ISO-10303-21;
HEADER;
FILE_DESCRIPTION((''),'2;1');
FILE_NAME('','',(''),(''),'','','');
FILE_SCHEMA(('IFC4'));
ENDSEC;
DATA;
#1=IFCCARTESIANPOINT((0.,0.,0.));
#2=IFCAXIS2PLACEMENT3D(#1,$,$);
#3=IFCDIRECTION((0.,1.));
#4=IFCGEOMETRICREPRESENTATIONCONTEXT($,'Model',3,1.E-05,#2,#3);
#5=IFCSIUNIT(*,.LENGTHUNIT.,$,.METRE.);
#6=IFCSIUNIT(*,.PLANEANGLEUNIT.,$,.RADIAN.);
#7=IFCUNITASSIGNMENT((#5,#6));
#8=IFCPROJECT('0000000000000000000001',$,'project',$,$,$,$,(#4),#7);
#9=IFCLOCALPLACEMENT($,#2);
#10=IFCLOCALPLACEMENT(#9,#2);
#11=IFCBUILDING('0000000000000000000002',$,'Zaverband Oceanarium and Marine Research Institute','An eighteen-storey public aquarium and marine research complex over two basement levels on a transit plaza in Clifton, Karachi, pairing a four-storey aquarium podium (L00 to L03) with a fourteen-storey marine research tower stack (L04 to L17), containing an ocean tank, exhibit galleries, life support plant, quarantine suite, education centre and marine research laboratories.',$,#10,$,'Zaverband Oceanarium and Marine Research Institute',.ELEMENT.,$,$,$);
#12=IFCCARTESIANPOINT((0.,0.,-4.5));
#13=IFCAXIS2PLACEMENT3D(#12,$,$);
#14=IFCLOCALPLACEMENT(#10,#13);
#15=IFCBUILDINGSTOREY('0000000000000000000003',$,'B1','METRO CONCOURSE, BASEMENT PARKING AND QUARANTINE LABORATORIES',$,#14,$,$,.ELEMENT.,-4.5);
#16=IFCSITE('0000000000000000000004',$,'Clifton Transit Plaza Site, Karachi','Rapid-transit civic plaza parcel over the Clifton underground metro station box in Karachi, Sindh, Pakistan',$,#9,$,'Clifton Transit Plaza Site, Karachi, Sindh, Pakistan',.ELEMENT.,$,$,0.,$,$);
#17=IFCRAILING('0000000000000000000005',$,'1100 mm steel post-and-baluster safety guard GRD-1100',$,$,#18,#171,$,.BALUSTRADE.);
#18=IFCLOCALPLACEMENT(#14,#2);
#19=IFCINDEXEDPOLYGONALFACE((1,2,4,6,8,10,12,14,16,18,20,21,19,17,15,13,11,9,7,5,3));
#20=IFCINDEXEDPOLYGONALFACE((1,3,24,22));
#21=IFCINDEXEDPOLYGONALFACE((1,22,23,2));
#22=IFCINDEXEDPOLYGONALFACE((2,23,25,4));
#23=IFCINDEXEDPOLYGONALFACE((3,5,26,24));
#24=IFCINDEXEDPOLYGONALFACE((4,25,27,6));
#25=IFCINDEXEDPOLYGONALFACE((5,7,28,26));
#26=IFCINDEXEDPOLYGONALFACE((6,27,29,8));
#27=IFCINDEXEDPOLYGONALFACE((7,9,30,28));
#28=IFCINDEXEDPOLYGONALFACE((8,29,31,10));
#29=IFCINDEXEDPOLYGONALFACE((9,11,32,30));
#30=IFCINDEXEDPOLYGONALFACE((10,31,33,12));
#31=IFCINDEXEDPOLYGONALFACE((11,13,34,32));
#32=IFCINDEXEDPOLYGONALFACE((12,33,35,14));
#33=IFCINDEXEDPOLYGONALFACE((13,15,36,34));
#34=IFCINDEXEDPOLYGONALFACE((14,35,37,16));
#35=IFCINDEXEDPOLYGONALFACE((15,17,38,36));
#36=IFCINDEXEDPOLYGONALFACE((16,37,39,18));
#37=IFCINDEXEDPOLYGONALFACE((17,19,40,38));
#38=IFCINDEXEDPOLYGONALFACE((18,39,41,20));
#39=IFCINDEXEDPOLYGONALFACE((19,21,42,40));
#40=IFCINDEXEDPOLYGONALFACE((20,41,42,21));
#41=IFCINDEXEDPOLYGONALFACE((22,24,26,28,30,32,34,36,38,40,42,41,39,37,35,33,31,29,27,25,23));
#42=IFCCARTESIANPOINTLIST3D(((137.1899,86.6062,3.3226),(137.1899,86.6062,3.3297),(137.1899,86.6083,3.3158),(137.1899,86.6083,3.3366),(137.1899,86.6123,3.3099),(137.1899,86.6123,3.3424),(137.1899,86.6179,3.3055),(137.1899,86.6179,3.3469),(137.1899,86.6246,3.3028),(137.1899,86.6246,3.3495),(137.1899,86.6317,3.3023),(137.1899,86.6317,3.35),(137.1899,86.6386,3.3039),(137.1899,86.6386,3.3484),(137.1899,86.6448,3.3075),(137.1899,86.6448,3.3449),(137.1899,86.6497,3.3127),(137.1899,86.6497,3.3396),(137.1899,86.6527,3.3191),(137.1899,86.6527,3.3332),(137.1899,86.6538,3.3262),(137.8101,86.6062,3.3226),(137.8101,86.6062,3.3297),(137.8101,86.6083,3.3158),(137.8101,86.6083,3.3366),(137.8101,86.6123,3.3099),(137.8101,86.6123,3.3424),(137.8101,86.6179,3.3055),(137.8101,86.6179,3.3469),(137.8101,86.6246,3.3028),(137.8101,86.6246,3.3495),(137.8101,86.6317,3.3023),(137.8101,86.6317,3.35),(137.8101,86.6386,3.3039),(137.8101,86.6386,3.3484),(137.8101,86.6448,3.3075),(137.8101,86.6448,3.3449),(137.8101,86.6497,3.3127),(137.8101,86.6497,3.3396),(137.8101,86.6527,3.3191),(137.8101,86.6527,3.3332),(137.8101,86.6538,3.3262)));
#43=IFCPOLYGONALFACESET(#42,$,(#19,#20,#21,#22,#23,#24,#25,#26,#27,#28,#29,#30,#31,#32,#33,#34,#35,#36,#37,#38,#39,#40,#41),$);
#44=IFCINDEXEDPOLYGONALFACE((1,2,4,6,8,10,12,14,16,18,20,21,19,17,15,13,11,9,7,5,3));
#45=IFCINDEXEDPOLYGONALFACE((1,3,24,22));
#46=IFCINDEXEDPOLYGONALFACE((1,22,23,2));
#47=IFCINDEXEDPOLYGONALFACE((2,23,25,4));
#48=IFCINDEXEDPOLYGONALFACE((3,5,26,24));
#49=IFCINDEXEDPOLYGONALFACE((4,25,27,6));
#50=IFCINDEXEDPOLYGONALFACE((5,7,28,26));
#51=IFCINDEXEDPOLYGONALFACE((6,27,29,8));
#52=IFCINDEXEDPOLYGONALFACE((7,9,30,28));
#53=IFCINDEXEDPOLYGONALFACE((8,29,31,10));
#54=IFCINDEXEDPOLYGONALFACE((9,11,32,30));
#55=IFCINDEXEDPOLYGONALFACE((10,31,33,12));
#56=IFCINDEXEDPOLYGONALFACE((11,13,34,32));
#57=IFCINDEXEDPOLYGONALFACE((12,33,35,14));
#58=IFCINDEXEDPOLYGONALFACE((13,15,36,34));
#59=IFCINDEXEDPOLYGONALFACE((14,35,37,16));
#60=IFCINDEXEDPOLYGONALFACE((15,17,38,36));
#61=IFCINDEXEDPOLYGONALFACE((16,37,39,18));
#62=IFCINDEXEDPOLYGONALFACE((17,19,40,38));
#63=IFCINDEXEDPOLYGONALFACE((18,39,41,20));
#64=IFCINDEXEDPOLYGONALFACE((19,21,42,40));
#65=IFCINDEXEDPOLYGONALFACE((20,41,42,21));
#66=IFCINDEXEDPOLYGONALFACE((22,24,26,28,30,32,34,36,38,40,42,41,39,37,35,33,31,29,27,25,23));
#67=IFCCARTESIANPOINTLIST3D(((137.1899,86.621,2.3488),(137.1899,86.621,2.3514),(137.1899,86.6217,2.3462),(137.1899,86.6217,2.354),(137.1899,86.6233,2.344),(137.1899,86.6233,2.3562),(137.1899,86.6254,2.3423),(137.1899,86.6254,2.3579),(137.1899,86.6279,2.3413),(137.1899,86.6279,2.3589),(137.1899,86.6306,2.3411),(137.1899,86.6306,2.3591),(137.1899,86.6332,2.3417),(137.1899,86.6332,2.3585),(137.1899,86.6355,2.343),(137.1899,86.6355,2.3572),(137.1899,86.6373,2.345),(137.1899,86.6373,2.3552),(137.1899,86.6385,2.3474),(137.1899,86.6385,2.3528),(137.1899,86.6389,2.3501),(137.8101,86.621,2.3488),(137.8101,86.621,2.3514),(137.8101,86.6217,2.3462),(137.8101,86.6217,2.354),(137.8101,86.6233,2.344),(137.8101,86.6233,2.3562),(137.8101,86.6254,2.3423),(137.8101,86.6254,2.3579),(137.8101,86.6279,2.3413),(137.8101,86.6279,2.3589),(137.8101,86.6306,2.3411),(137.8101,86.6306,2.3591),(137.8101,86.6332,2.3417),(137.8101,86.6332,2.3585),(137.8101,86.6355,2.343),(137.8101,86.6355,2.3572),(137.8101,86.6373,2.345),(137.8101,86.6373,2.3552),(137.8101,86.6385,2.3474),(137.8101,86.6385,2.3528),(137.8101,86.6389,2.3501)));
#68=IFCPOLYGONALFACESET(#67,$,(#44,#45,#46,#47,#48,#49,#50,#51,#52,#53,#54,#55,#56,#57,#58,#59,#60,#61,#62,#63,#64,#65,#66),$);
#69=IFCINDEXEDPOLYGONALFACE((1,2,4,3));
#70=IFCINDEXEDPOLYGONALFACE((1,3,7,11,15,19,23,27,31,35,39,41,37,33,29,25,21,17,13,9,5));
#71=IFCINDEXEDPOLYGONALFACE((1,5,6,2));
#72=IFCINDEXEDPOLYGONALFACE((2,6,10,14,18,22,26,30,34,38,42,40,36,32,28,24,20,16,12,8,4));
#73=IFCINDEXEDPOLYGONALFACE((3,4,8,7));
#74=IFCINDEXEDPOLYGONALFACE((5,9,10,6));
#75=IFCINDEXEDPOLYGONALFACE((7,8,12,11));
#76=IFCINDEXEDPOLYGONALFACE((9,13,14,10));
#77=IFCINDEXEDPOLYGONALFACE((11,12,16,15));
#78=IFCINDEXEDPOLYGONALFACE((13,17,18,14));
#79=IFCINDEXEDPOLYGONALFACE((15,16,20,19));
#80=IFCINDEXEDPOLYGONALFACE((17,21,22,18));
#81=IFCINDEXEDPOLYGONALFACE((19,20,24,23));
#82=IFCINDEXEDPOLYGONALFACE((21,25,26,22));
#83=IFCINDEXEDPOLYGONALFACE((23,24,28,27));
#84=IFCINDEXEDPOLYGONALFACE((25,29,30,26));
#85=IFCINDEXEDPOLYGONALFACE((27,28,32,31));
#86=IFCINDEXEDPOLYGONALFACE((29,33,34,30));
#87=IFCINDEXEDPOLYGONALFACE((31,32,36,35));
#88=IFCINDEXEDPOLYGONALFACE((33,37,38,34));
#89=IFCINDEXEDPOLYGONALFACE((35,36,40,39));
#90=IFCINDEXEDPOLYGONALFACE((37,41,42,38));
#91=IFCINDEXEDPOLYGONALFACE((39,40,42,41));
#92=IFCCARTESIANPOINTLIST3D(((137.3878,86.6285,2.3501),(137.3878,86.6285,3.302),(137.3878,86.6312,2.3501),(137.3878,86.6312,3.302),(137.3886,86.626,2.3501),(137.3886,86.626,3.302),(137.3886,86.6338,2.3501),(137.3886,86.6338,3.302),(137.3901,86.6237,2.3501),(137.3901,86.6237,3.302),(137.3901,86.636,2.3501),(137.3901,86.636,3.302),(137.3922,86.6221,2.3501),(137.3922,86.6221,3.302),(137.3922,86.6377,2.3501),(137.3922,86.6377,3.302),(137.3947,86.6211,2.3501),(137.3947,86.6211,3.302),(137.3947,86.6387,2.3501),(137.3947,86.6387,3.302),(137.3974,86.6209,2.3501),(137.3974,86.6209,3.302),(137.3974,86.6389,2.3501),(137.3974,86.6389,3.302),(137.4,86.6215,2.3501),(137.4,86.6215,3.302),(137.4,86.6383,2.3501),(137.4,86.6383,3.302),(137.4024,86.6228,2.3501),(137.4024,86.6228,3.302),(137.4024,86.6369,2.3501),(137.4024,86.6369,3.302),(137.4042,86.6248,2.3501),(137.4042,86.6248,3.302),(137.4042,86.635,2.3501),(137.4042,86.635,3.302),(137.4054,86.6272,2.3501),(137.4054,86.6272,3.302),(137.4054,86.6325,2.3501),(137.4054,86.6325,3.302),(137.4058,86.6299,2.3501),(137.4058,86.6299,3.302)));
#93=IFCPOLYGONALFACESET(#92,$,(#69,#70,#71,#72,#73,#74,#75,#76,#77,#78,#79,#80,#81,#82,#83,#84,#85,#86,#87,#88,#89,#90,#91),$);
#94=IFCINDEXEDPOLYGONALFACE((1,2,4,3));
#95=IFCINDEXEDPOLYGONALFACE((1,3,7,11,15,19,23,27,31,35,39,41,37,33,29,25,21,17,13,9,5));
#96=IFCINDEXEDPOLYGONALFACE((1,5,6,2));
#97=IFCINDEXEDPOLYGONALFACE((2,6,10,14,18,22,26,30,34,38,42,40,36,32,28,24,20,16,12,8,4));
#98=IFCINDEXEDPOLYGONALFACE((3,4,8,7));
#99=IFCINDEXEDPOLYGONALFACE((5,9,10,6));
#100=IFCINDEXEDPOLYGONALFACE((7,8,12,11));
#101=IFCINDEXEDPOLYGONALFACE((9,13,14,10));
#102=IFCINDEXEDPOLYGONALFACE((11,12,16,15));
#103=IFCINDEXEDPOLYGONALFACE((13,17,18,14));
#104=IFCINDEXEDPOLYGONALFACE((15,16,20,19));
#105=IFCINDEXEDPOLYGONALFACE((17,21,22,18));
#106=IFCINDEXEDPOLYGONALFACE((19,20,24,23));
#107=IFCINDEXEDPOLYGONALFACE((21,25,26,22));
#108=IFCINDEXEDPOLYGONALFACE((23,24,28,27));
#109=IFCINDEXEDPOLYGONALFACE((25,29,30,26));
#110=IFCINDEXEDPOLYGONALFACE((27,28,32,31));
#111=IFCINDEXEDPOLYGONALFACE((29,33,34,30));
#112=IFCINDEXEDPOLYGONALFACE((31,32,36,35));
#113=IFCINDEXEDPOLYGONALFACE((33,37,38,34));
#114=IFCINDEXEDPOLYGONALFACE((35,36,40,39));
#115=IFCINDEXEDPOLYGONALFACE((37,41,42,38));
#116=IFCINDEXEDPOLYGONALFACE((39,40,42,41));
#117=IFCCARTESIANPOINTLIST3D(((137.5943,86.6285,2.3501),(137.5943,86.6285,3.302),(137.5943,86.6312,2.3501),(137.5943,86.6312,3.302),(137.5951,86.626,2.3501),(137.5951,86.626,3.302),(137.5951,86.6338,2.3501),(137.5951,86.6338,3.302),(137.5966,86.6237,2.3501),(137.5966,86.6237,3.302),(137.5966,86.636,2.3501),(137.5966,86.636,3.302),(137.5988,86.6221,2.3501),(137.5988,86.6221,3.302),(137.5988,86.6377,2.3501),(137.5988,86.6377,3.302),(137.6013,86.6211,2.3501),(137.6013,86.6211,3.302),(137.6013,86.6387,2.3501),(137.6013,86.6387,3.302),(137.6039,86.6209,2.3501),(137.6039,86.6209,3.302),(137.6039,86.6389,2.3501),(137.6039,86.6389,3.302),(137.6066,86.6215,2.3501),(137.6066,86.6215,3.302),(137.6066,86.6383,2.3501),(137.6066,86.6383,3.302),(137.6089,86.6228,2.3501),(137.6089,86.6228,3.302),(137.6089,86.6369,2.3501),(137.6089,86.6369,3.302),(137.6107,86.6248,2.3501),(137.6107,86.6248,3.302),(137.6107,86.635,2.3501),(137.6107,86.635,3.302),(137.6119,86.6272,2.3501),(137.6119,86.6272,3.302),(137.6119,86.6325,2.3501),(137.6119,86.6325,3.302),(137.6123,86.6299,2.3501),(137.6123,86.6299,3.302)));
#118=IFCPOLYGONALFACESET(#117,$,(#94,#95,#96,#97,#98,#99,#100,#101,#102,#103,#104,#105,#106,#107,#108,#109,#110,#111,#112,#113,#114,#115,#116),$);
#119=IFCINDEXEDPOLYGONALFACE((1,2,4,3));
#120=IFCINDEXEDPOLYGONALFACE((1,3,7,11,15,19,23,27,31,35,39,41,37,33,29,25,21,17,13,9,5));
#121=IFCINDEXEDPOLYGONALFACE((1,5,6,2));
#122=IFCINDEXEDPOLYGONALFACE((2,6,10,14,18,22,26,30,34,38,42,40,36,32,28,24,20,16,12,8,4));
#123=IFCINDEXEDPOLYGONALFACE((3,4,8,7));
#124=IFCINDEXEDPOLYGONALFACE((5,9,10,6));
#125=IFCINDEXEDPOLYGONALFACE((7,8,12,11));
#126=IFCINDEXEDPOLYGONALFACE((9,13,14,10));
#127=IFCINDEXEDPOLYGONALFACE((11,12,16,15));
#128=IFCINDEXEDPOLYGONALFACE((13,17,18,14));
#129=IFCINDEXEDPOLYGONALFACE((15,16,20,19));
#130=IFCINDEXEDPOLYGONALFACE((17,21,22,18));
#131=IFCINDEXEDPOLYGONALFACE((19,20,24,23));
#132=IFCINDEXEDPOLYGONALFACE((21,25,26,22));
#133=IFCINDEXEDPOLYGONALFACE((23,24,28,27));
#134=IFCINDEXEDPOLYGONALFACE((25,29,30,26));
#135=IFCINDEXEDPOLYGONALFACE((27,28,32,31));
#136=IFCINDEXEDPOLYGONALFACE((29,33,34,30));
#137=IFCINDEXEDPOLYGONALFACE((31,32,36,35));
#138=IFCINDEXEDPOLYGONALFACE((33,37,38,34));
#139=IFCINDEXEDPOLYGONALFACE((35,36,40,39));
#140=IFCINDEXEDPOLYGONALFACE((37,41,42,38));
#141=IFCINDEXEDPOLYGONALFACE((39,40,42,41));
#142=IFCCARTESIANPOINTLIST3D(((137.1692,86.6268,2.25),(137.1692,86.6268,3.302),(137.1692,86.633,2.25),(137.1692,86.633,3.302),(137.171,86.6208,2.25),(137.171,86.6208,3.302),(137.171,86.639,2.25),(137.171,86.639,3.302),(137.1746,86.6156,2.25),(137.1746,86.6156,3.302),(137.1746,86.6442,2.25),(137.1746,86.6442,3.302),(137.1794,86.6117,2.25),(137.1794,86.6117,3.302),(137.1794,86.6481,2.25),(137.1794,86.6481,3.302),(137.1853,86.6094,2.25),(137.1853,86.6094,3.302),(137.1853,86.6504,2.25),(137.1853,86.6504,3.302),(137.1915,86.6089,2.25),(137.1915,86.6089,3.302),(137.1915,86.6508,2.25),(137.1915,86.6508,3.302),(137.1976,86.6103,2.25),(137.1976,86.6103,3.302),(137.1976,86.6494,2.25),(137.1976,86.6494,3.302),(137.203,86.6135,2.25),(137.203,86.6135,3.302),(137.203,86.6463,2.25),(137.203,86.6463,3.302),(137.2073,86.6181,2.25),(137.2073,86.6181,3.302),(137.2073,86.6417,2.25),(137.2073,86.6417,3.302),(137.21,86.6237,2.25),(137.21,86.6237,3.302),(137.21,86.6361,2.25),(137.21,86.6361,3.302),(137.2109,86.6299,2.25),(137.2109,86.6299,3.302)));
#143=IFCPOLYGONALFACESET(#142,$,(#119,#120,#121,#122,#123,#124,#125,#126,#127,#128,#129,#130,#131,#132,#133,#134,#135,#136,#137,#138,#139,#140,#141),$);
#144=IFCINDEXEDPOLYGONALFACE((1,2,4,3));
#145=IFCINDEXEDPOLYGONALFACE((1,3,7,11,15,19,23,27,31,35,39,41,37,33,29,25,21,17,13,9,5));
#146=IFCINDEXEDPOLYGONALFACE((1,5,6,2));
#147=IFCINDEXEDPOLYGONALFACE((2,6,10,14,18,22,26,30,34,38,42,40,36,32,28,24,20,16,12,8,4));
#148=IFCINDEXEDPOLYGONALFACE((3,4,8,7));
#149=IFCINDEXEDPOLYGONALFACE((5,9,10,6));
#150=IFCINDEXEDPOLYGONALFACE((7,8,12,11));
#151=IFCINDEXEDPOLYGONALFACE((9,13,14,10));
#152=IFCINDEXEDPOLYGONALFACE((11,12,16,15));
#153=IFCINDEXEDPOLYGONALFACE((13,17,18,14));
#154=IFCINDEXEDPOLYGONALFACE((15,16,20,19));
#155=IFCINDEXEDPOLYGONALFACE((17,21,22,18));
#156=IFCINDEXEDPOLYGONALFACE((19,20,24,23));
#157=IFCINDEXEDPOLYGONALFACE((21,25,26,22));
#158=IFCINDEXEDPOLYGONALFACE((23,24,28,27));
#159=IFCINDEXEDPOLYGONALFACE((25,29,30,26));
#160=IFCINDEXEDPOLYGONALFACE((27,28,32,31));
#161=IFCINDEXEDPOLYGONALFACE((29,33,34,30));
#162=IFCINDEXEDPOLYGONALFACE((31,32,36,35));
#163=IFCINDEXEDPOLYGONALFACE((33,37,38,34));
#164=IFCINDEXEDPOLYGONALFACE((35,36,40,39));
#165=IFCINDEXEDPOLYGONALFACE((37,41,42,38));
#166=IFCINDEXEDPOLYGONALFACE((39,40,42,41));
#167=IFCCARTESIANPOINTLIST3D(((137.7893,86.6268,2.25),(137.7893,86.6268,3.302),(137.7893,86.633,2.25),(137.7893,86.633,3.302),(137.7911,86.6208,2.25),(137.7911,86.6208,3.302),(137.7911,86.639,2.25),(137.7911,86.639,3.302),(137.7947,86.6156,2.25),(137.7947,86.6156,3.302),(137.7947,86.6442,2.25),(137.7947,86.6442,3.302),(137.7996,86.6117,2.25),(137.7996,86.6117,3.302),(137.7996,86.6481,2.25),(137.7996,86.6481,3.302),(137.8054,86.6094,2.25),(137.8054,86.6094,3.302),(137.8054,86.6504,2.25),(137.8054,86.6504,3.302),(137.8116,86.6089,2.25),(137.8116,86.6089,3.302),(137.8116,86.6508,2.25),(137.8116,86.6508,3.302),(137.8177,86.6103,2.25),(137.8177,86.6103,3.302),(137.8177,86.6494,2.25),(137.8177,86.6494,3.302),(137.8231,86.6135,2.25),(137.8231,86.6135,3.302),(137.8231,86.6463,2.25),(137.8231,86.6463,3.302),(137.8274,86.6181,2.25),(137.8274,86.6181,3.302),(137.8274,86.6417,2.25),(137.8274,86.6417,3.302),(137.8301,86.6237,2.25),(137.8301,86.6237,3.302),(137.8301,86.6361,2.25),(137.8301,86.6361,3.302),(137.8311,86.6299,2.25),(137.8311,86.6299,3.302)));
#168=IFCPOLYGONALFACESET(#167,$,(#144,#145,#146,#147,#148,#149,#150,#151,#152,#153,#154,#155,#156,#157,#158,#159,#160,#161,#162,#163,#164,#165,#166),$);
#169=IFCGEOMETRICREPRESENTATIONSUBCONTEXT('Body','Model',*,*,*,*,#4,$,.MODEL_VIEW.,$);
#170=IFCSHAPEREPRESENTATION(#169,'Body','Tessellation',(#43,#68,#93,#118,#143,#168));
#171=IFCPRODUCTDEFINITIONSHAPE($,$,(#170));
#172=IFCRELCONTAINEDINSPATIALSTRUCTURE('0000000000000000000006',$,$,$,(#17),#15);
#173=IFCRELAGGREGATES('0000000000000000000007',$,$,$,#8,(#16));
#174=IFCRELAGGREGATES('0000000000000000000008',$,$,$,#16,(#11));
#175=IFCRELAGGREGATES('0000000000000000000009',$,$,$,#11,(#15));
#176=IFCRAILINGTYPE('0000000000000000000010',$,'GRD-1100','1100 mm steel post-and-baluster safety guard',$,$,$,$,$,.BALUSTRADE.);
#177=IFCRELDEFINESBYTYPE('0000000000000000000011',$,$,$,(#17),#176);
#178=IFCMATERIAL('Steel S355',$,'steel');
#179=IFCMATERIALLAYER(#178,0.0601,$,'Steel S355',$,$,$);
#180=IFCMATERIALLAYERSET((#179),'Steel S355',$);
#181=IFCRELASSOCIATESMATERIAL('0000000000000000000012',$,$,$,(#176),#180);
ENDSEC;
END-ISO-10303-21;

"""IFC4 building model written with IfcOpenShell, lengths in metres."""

from ifc_helpers import new_model, si_unit, direction, frame, origin, origin_2d, place, context, subcontext, project, spatial, circle, extrude, material, layer, layer_set, type_object, element, save


model = new_model("IFC4")

# Units and contexts
model_context = context("Model", 3, precision=1e-05, world=origin(), true_north=direction((0.0, 1.0)))
body_context = subcontext(model_context, "Body", "Model", "MODEL_VIEW")
ifc_project = project(units=[si_unit("LENGTHUNIT", "METRE"), si_unit("PLANEANGLEUNIT", "RADIAN")], contexts=[model_context])

# Site, building, storey
site_placement = place(None, origin())
site = spatial("IfcSite", under=ifc_project, at=site_placement, Name="Clifton Transit Plaza Site, Karachi", Description="Rapid-transit civic plaza parcel over the Clifton underground metro station box in Karachi, Sindh, Pakistan", LongName="Clifton Transit Plaza Site, Karachi, Sindh, Pakistan", CompositionType="ELEMENT", RefElevation=0.0)
building_placement = place(site_placement, origin())
building = spatial("IfcBuilding", under=site, at=building_placement, Name="Zaverband Oceanarium and Marine Research Institute", Description="An eighteen-storey public aquarium and marine research complex over two basement levels on a transit plaza in Clifton, Karachi, pairing a four-storey aquarium podium (L00 to L03) with a fourteen-storey marine research tower stack (L04 to L17), containing an ocean tank, exhibit galleries, life support plant, quarantine suite, education centre and marine research laboratories.", LongName="Zaverband Oceanarium and Marine Research Institute", CompositionType="ELEMENT")
storey_placement = place(building_placement, frame((0.0, 0.0, -4.5)))
storey = spatial("IfcBuildingStorey", under=building, at=storey_placement, Name="B1", Description="METRO CONCOURSE, BASEMENT PARKING AND QUARANTINE LABORATORIES", CompositionType="ELEMENT", Elevation=-4.5)

# Shared definitions
ifc_material_1 = material(Name="Steel S355", Category="steel")

# Railing
ifc_layer_1 = layer(ifc_material_1, 0.0601, Name="Steel S355")
ifc_layer_set_1 = layer_set([ifc_layer_1], Name="Steel S355")
railing_type_1 = type_object("IfcRailingType", Name="GRD-1100", Description="1100 mm steel post-and-baluster safety guard", PredefinedType="BALUSTRADE", material=ifc_layer_set_1)
for number, where, name in (
    (1, (137.1899, 86.6299, 2.25), "1100 mm steel post-and-baluster safety guard GRD-1100"),
):
    element("IfcRailing", number, at=place(storey_placement, frame(where)), inside=storey, type_object=railing_type_1, Name=name, PredefinedType="BALUSTRADE", context=body_context, shape_type="SweptSolid", body=[
        extrude(circle(Radius=0.0239, at=origin_2d()), frame((0.0, 0.0, 1.0762), z_axis=(1.0, 0.0, 0.0), x_axis=(0.0, 1.0, 0.0)), (0.0, 0.0, 1.0), 0.6201),
        extrude(circle(Radius=0.009, at=origin_2d()), frame((0.0, 0.0, 0.1001), z_axis=(1.0, 0.0, 0.0), x_axis=(0.0, 1.0, 0.0)), (0.0, 0.0, 1.0), 0.6201),
        extrude(circle(Radius=0.009, at=origin_2d()), frame((0.2068, 0.0, 0.1001)), (0.0, 0.0, 1.0), 0.9519),
        extrude(circle(Radius=0.009, at=origin_2d()), frame((0.4133, 0.0, 0.1001)), (0.0, 0.0, 1.0), 0.9519),
        extrude(circle(Radius=0.021, at=origin_2d()), origin(), (0.0, 0.0, 1.0), 1.052),
        extrude(circle(Radius=0.021, at=origin_2d()), frame((0.6201, 0.0, 0.0)), (0.0, 0.0, 1.0), 1.052),
    ])

save(model, "model.ifc")
